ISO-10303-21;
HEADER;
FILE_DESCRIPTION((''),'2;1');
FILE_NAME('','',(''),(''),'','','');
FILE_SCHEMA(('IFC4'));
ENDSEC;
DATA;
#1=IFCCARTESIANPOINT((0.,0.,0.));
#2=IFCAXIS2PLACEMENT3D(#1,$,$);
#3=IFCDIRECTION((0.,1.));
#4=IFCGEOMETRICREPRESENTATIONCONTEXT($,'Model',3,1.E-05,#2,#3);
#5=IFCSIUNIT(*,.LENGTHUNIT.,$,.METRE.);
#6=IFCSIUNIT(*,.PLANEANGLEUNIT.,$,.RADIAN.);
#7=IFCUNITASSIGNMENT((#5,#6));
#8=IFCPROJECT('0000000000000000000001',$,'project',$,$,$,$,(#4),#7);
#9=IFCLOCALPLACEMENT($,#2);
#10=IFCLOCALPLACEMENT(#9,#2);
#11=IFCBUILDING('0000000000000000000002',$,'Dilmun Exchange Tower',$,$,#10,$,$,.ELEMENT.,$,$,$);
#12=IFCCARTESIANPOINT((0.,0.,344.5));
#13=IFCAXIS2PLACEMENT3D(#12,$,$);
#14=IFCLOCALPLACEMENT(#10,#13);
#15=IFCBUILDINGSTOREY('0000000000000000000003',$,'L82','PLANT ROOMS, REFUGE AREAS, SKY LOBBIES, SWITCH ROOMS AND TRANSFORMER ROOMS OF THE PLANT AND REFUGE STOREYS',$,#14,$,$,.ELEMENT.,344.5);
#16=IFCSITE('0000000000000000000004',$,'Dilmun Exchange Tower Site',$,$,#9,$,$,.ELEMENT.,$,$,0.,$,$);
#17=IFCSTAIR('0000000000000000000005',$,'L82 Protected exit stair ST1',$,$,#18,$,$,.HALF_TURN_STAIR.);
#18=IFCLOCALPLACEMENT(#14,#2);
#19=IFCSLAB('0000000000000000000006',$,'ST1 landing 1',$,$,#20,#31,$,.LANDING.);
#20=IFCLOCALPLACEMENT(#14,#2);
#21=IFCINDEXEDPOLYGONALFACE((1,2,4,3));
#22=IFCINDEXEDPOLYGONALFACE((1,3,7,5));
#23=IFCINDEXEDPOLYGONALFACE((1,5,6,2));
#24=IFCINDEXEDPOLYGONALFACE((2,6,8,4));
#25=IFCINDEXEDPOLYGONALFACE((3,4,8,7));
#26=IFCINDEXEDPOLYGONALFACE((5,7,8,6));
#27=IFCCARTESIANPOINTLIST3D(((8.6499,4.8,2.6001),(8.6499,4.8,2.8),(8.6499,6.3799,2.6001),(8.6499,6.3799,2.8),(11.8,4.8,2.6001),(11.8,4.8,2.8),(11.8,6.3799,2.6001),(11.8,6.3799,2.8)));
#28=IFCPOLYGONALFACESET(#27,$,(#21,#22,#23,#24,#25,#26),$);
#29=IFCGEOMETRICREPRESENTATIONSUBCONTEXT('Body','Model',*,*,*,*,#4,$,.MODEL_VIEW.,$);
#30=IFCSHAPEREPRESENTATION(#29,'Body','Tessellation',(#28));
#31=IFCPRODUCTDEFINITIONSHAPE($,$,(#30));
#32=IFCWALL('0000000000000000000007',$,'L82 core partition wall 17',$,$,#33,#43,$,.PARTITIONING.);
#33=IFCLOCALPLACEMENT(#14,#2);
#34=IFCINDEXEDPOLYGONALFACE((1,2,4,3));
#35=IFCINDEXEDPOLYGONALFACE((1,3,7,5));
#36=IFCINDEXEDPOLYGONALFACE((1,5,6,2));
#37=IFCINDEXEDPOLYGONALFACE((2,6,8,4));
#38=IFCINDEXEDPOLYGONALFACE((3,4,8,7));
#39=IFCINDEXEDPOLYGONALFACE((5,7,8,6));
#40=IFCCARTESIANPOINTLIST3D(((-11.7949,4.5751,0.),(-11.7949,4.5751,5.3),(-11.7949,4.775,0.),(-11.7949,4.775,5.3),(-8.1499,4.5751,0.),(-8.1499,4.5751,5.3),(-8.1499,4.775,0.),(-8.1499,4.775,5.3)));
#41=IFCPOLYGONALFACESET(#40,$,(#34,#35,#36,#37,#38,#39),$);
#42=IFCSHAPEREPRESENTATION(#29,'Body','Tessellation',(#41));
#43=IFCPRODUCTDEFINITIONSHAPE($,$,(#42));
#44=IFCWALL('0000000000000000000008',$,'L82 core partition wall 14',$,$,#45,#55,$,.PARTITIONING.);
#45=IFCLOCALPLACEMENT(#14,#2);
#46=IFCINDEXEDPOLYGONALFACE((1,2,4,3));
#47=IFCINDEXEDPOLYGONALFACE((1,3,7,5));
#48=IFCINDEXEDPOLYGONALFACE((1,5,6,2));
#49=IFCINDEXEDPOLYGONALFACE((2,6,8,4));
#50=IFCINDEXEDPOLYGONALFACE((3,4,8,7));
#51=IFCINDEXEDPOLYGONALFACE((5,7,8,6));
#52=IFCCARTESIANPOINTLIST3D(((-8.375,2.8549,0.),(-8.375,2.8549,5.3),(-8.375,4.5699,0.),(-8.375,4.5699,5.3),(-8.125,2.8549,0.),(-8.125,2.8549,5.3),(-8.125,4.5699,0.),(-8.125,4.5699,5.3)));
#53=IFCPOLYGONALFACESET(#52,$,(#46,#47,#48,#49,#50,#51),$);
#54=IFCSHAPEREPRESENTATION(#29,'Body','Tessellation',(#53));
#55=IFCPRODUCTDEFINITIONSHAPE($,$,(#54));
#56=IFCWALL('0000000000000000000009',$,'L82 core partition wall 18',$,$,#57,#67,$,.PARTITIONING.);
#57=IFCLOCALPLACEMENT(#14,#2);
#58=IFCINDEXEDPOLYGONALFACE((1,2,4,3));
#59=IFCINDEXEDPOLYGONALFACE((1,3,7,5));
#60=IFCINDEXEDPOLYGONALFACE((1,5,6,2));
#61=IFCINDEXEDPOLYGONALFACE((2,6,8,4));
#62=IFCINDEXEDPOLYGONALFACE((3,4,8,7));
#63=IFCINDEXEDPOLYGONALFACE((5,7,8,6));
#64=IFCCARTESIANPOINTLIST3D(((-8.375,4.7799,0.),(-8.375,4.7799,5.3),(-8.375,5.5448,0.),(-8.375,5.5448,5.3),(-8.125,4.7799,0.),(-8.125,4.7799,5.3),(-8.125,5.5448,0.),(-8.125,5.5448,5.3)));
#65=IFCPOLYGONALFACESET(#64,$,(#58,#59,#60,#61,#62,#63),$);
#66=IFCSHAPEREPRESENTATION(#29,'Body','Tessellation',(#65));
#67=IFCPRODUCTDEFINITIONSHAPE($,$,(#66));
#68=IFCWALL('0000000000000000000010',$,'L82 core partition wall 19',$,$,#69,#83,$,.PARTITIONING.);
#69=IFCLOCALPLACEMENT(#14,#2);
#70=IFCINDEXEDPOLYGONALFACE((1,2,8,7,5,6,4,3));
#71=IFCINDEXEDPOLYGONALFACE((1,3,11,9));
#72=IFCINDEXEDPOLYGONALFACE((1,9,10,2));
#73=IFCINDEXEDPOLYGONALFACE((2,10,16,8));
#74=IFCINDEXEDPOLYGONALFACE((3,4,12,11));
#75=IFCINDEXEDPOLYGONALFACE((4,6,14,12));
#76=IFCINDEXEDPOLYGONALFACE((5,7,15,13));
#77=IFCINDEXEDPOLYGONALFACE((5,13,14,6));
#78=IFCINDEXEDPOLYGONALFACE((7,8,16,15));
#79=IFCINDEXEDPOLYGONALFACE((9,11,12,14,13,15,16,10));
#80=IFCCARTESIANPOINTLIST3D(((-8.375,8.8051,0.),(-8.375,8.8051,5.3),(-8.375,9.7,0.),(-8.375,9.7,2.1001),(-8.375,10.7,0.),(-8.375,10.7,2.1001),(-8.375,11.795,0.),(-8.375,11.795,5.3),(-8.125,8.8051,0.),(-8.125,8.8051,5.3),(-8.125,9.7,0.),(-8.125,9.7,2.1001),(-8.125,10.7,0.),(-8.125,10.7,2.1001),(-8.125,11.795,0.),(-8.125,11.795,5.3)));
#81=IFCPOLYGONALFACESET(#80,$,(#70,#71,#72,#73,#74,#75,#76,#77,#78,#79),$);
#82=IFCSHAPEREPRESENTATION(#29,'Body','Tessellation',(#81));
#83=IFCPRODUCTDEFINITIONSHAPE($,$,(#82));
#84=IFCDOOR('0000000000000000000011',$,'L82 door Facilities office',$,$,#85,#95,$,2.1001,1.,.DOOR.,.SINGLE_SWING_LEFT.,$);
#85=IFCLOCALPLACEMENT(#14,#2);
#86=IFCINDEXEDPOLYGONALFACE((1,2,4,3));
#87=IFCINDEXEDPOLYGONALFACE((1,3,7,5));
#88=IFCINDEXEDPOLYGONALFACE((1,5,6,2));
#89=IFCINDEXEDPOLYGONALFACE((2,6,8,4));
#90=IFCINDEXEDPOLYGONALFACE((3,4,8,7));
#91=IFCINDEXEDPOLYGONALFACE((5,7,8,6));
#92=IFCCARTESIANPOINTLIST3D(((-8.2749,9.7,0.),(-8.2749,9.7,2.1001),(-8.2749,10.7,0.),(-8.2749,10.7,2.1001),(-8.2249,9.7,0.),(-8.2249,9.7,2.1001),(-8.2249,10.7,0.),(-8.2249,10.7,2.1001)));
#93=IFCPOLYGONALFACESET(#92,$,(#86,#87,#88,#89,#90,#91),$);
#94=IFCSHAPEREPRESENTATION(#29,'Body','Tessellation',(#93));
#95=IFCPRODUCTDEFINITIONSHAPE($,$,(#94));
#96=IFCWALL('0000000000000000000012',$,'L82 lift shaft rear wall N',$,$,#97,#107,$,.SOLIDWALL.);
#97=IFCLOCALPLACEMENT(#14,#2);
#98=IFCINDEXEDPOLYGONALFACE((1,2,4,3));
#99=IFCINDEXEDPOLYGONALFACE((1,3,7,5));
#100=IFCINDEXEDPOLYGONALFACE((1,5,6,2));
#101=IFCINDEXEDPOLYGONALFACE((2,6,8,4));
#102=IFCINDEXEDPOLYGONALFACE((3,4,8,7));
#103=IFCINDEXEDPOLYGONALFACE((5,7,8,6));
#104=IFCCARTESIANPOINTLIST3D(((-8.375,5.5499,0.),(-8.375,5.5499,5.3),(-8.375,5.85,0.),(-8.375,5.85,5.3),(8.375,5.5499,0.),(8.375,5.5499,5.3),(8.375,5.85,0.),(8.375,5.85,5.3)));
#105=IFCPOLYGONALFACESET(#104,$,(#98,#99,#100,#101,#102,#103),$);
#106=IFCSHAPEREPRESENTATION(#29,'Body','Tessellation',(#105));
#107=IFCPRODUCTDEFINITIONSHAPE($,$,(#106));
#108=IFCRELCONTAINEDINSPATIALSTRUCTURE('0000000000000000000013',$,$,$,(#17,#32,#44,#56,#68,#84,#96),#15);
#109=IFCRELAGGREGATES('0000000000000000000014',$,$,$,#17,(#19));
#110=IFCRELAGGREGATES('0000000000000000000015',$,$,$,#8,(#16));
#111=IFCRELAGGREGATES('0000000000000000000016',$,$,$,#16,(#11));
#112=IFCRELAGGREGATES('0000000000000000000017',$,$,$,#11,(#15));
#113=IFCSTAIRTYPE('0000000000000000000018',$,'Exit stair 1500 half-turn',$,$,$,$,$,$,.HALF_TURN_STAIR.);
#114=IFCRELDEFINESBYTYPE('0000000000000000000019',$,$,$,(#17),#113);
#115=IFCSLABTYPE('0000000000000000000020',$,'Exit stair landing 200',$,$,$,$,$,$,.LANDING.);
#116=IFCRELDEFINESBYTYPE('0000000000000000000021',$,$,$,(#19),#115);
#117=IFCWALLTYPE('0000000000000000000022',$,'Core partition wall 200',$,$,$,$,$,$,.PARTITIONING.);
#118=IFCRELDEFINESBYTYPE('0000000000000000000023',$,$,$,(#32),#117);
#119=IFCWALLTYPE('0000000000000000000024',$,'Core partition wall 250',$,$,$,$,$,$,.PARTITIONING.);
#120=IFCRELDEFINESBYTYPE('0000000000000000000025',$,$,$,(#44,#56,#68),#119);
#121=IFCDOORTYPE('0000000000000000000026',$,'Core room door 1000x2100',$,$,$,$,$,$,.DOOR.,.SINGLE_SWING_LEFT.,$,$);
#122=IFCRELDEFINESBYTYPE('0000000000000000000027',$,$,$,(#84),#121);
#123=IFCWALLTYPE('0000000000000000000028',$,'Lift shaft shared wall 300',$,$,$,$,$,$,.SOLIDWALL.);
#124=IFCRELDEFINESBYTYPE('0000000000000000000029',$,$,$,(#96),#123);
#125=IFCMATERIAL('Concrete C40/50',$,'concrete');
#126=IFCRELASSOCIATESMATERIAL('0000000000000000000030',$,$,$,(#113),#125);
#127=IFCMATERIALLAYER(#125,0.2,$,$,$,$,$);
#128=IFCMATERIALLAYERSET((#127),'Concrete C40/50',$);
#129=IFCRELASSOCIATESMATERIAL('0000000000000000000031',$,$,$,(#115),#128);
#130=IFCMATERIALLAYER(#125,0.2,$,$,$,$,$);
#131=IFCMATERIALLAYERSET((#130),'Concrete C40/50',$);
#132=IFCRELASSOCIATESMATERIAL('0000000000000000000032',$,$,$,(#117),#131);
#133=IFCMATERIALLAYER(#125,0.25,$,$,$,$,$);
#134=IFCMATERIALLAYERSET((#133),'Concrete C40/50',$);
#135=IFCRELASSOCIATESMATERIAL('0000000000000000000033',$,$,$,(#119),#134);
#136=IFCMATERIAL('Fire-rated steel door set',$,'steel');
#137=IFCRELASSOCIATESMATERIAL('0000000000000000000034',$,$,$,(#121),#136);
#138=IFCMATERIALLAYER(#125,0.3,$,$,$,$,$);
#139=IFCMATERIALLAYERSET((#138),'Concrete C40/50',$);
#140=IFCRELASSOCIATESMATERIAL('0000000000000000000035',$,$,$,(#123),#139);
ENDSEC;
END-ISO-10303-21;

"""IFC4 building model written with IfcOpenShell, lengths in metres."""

from ifc_helpers import new_model, si_unit, direction, frame, frame_2d, origin, place, context, subcontext, project, spatial, polyline, rectangle, outline, extrude, material, layer, layer_set, type_object, element, fill, aggregate, save


model = new_model("IFC4")

# Units and contexts
model_context = context("Model", 3, precision=1e-05, world=origin(), true_north=direction((0.0, 1.0)))
body_context = subcontext(model_context, "Body", "Model", "MODEL_VIEW")
ifc_project = project(units=[si_unit("LENGTHUNIT", "METRE"), si_unit("PLANEANGLEUNIT", "RADIAN")], contexts=[model_context])

# Site, building, storey
site_placement = place(None, origin())
site = spatial("IfcSite", under=ifc_project, at=site_placement, Name="Dilmun Exchange Tower Site", CompositionType="ELEMENT", RefElevation=0.0)
building_placement = place(site_placement, origin())
building = spatial("IfcBuilding", under=site, at=building_placement, Name="Dilmun Exchange Tower", CompositionType="ELEMENT")
storey_placement = place(building_placement, frame((0.0, 0.0, 344.5)))
storey = spatial("IfcBuildingStorey", under=building, at=storey_placement, Name="L82", Description="PLANT ROOMS, REFUGE AREAS, SKY LOBBIES, SWITCH ROOMS AND TRANSFORMER ROOMS OF THE PLANT AND REFUGE STOREYS", CompositionType="ELEMENT", Elevation=344.5)

# Stair, slab
ifc_material_1 = material(Name="Concrete C40/50", Category="concrete")
stair_type = type_object("IfcStairType", Name="Exit stair 1500 half-turn", PredefinedType="HALF_TURN_STAIR", material=ifc_material_1)
stair_placement = place(storey_placement, origin())
stair = element("IfcStair", 1, at=stair_placement, inside=storey, type_object=stair_type, Name="L82 Protected exit stair ST1", PredefinedType="HALF_TURN_STAIR")
ifc_layer_1 = layer(ifc_material_1, 0.2)
ifc_layer_set_1 = layer_set([ifc_layer_1], Name="Concrete C40/50")
slab_type = type_object("IfcSlabType", Name="Exit stair landing 200", PredefinedType="LANDING", material=ifc_layer_set_1)
slab_placement = place(storey_placement, frame((0.0, 0.0, 2.6001)))
slab = element("IfcSlab", 2, at=slab_placement, type_object=slab_type, Name="ST1 landing 1", PredefinedType="LANDING", context=body_context, shape_type="SweptSolid", body=[
    extrude(outline(polyline([(8.6499, 6.3799), (8.6499, 4.8), (11.8, 4.8), (11.8, 6.3799), (8.6499, 6.3799)])), origin(), (0.0, 0.0, 1.0), 0.2),
])
aggregate(stair, [slab])

# Walls
ifc_layer_2 = layer(ifc_material_1, 0.2)
ifc_layer_set_2 = layer_set([ifc_layer_2], Name="Concrete C40/50")
wall_type_1 = type_object("IfcWallType", Name="Core partition wall 200", PredefinedType="PARTITIONING", material=ifc_layer_set_2)
wall_1_placement = place(storey_placement, frame((-11.7949, 4.675, 0.0), z_axis=(0.0, 0.0, 1.0), x_axis=(1.0, 0.0, 0.0)))
element("IfcWall", 3, at=wall_1_placement, inside=storey, type_object=wall_type_1, Name="L82 core partition wall 17", PredefinedType="PARTITIONING", context=body_context, shape_type="SweptSolid", body=[
    extrude(rectangle(XDim=3.645, YDim=0.2, at=frame_2d((1.8225, 0.0))), origin(), (0.0, 0.0, 1.0), 5.3),
])
ifc_layer_3 = layer(ifc_material_1, 0.25)
ifc_layer_set_3 = layer_set([ifc_layer_3], Name="Concrete C40/50")
wall_type_2 = type_object("IfcWallType", Name="Core partition wall 250", PredefinedType="PARTITIONING", material=ifc_layer_set_3)
wall_2_placement = place(storey_placement, frame((-8.25, 2.855, 0.0), z_axis=(0.0, 0.0, 1.0), x_axis=(0.0, 1.0, 0.0)))
element("IfcWall", 4, at=wall_2_placement, inside=storey, type_object=wall_type_2, Name="L82 core partition wall 14", PredefinedType="PARTITIONING", context=body_context, shape_type="SweptSolid", body=[
    extrude(rectangle(XDim=1.7151, YDim=0.25, at=frame_2d((0.8574, 0.0))), origin(), (0.0, 0.0, 1.0), 5.3),
])
wall_3_placement = place(storey_placement, frame((-8.25, 4.78, 0.0), z_axis=(0.0, 0.0, 1.0), x_axis=(0.0, 1.0, 0.0)))
element("IfcWall", 5, at=wall_3_placement, inside=storey, type_object=wall_type_2, Name="L82 core partition wall 18", PredefinedType="PARTITIONING", context=body_context, shape_type="SweptSolid", body=[
    extrude(rectangle(XDim=0.7649, YDim=0.25, at=frame_2d((0.3823, 0.0))), origin(), (0.0, 0.0, 1.0), 5.3),
])

# Wall, opening, door
wall_4_placement = place(storey_placement, frame((-8.25, 8.8049, 0.0), z_axis=(0.0, 0.0, 1.0), x_axis=(0.0, 1.0, 0.0)))
wall_4 = element("IfcWall", 6, at=wall_4_placement, inside=storey, type_object=wall_type_2, Name="L82 core partition wall 19", PredefinedType="PARTITIONING", context=body_context, shape_type="SweptSolid", body=[
    extrude(rectangle(XDim=2.99, YDim=0.25, at=frame_2d((1.4951, 0.0))), origin(), (0.0, 0.0, 1.0), 5.3),
])
opening_1_placement = place(wall_4_placement, frame((0.895, 0.0, 0.0)))
opening_1 = element("IfcOpeningElement", 7, at=opening_1_placement, cuts=wall_4, PredefinedType="OPENING", context=body_context, shape_type="SweptSolid", body=[
    extrude(rectangle(XDim=1.0, YDim=2.1001, at=frame_2d((0.5, 1.05))), frame((0.0, 0.135, 0.0), z_axis=(0.0, -1.0, 0.0), x_axis=(1.0, 0.0, 0.0)), (0.0, 0.0, 1.0), 0.27),
])
ifc_material_2 = material(Name="Fire-rated steel door set", Category="steel")
door_type_1 = type_object("IfcDoorType", Name="Core room door 1000x2100", OperationType="SINGLE_SWING_LEFT", PredefinedType="DOOR", material=ifc_material_2)
door_1_placement = place(opening_1_placement, origin())
door_1 = element("IfcDoor", 8, at=door_1_placement, inside=storey, type_object=door_type_1, Name="L82 door Facilities office", OperationType="SINGLE_SWING_LEFT", OverallHeight=2.1001, OverallWidth=1.0, PredefinedType="DOOR", context=body_context, shape_type="SweptSolid", body=[
    extrude(rectangle(XDim=1.0, YDim=2.1001, at=frame_2d((0.5, 1.05))), frame((0.0, 0.0249, 0.0), z_axis=(0.0, -1.0, 0.0), x_axis=(1.0, 0.0, 0.0)), (0.0, 0.0, 1.0), 0.05),
])
fill(opening_1, door_1)

# Wall
ifc_layer_4 = layer(ifc_material_1, 0.3)
ifc_layer_set_4 = layer_set([ifc_layer_4], Name="Concrete C40/50")
wall_type_3 = type_object("IfcWallType", Name="Lift shaft shared wall 300", PredefinedType="SOLIDWALL", material=ifc_layer_set_4)
wall_5_placement = place(storey_placement, frame((-8.375, 5.7, 0.0), z_axis=(0.0, 0.0, 1.0), x_axis=(1.0, 0.0, 0.0)))
element("IfcWall", 9, at=wall_5_placement, inside=storey, type_object=wall_type_3, Name="L82 lift shaft rear wall N", PredefinedType="SOLIDWALL", context=body_context, shape_type="SweptSolid", body=[
    extrude(rectangle(XDim=16.75, YDim=0.3, at=frame_2d((8.375, 0.0))), origin(), (0.0, 0.0, 1.0), 5.3),
])

save(model, "model.ifc")
